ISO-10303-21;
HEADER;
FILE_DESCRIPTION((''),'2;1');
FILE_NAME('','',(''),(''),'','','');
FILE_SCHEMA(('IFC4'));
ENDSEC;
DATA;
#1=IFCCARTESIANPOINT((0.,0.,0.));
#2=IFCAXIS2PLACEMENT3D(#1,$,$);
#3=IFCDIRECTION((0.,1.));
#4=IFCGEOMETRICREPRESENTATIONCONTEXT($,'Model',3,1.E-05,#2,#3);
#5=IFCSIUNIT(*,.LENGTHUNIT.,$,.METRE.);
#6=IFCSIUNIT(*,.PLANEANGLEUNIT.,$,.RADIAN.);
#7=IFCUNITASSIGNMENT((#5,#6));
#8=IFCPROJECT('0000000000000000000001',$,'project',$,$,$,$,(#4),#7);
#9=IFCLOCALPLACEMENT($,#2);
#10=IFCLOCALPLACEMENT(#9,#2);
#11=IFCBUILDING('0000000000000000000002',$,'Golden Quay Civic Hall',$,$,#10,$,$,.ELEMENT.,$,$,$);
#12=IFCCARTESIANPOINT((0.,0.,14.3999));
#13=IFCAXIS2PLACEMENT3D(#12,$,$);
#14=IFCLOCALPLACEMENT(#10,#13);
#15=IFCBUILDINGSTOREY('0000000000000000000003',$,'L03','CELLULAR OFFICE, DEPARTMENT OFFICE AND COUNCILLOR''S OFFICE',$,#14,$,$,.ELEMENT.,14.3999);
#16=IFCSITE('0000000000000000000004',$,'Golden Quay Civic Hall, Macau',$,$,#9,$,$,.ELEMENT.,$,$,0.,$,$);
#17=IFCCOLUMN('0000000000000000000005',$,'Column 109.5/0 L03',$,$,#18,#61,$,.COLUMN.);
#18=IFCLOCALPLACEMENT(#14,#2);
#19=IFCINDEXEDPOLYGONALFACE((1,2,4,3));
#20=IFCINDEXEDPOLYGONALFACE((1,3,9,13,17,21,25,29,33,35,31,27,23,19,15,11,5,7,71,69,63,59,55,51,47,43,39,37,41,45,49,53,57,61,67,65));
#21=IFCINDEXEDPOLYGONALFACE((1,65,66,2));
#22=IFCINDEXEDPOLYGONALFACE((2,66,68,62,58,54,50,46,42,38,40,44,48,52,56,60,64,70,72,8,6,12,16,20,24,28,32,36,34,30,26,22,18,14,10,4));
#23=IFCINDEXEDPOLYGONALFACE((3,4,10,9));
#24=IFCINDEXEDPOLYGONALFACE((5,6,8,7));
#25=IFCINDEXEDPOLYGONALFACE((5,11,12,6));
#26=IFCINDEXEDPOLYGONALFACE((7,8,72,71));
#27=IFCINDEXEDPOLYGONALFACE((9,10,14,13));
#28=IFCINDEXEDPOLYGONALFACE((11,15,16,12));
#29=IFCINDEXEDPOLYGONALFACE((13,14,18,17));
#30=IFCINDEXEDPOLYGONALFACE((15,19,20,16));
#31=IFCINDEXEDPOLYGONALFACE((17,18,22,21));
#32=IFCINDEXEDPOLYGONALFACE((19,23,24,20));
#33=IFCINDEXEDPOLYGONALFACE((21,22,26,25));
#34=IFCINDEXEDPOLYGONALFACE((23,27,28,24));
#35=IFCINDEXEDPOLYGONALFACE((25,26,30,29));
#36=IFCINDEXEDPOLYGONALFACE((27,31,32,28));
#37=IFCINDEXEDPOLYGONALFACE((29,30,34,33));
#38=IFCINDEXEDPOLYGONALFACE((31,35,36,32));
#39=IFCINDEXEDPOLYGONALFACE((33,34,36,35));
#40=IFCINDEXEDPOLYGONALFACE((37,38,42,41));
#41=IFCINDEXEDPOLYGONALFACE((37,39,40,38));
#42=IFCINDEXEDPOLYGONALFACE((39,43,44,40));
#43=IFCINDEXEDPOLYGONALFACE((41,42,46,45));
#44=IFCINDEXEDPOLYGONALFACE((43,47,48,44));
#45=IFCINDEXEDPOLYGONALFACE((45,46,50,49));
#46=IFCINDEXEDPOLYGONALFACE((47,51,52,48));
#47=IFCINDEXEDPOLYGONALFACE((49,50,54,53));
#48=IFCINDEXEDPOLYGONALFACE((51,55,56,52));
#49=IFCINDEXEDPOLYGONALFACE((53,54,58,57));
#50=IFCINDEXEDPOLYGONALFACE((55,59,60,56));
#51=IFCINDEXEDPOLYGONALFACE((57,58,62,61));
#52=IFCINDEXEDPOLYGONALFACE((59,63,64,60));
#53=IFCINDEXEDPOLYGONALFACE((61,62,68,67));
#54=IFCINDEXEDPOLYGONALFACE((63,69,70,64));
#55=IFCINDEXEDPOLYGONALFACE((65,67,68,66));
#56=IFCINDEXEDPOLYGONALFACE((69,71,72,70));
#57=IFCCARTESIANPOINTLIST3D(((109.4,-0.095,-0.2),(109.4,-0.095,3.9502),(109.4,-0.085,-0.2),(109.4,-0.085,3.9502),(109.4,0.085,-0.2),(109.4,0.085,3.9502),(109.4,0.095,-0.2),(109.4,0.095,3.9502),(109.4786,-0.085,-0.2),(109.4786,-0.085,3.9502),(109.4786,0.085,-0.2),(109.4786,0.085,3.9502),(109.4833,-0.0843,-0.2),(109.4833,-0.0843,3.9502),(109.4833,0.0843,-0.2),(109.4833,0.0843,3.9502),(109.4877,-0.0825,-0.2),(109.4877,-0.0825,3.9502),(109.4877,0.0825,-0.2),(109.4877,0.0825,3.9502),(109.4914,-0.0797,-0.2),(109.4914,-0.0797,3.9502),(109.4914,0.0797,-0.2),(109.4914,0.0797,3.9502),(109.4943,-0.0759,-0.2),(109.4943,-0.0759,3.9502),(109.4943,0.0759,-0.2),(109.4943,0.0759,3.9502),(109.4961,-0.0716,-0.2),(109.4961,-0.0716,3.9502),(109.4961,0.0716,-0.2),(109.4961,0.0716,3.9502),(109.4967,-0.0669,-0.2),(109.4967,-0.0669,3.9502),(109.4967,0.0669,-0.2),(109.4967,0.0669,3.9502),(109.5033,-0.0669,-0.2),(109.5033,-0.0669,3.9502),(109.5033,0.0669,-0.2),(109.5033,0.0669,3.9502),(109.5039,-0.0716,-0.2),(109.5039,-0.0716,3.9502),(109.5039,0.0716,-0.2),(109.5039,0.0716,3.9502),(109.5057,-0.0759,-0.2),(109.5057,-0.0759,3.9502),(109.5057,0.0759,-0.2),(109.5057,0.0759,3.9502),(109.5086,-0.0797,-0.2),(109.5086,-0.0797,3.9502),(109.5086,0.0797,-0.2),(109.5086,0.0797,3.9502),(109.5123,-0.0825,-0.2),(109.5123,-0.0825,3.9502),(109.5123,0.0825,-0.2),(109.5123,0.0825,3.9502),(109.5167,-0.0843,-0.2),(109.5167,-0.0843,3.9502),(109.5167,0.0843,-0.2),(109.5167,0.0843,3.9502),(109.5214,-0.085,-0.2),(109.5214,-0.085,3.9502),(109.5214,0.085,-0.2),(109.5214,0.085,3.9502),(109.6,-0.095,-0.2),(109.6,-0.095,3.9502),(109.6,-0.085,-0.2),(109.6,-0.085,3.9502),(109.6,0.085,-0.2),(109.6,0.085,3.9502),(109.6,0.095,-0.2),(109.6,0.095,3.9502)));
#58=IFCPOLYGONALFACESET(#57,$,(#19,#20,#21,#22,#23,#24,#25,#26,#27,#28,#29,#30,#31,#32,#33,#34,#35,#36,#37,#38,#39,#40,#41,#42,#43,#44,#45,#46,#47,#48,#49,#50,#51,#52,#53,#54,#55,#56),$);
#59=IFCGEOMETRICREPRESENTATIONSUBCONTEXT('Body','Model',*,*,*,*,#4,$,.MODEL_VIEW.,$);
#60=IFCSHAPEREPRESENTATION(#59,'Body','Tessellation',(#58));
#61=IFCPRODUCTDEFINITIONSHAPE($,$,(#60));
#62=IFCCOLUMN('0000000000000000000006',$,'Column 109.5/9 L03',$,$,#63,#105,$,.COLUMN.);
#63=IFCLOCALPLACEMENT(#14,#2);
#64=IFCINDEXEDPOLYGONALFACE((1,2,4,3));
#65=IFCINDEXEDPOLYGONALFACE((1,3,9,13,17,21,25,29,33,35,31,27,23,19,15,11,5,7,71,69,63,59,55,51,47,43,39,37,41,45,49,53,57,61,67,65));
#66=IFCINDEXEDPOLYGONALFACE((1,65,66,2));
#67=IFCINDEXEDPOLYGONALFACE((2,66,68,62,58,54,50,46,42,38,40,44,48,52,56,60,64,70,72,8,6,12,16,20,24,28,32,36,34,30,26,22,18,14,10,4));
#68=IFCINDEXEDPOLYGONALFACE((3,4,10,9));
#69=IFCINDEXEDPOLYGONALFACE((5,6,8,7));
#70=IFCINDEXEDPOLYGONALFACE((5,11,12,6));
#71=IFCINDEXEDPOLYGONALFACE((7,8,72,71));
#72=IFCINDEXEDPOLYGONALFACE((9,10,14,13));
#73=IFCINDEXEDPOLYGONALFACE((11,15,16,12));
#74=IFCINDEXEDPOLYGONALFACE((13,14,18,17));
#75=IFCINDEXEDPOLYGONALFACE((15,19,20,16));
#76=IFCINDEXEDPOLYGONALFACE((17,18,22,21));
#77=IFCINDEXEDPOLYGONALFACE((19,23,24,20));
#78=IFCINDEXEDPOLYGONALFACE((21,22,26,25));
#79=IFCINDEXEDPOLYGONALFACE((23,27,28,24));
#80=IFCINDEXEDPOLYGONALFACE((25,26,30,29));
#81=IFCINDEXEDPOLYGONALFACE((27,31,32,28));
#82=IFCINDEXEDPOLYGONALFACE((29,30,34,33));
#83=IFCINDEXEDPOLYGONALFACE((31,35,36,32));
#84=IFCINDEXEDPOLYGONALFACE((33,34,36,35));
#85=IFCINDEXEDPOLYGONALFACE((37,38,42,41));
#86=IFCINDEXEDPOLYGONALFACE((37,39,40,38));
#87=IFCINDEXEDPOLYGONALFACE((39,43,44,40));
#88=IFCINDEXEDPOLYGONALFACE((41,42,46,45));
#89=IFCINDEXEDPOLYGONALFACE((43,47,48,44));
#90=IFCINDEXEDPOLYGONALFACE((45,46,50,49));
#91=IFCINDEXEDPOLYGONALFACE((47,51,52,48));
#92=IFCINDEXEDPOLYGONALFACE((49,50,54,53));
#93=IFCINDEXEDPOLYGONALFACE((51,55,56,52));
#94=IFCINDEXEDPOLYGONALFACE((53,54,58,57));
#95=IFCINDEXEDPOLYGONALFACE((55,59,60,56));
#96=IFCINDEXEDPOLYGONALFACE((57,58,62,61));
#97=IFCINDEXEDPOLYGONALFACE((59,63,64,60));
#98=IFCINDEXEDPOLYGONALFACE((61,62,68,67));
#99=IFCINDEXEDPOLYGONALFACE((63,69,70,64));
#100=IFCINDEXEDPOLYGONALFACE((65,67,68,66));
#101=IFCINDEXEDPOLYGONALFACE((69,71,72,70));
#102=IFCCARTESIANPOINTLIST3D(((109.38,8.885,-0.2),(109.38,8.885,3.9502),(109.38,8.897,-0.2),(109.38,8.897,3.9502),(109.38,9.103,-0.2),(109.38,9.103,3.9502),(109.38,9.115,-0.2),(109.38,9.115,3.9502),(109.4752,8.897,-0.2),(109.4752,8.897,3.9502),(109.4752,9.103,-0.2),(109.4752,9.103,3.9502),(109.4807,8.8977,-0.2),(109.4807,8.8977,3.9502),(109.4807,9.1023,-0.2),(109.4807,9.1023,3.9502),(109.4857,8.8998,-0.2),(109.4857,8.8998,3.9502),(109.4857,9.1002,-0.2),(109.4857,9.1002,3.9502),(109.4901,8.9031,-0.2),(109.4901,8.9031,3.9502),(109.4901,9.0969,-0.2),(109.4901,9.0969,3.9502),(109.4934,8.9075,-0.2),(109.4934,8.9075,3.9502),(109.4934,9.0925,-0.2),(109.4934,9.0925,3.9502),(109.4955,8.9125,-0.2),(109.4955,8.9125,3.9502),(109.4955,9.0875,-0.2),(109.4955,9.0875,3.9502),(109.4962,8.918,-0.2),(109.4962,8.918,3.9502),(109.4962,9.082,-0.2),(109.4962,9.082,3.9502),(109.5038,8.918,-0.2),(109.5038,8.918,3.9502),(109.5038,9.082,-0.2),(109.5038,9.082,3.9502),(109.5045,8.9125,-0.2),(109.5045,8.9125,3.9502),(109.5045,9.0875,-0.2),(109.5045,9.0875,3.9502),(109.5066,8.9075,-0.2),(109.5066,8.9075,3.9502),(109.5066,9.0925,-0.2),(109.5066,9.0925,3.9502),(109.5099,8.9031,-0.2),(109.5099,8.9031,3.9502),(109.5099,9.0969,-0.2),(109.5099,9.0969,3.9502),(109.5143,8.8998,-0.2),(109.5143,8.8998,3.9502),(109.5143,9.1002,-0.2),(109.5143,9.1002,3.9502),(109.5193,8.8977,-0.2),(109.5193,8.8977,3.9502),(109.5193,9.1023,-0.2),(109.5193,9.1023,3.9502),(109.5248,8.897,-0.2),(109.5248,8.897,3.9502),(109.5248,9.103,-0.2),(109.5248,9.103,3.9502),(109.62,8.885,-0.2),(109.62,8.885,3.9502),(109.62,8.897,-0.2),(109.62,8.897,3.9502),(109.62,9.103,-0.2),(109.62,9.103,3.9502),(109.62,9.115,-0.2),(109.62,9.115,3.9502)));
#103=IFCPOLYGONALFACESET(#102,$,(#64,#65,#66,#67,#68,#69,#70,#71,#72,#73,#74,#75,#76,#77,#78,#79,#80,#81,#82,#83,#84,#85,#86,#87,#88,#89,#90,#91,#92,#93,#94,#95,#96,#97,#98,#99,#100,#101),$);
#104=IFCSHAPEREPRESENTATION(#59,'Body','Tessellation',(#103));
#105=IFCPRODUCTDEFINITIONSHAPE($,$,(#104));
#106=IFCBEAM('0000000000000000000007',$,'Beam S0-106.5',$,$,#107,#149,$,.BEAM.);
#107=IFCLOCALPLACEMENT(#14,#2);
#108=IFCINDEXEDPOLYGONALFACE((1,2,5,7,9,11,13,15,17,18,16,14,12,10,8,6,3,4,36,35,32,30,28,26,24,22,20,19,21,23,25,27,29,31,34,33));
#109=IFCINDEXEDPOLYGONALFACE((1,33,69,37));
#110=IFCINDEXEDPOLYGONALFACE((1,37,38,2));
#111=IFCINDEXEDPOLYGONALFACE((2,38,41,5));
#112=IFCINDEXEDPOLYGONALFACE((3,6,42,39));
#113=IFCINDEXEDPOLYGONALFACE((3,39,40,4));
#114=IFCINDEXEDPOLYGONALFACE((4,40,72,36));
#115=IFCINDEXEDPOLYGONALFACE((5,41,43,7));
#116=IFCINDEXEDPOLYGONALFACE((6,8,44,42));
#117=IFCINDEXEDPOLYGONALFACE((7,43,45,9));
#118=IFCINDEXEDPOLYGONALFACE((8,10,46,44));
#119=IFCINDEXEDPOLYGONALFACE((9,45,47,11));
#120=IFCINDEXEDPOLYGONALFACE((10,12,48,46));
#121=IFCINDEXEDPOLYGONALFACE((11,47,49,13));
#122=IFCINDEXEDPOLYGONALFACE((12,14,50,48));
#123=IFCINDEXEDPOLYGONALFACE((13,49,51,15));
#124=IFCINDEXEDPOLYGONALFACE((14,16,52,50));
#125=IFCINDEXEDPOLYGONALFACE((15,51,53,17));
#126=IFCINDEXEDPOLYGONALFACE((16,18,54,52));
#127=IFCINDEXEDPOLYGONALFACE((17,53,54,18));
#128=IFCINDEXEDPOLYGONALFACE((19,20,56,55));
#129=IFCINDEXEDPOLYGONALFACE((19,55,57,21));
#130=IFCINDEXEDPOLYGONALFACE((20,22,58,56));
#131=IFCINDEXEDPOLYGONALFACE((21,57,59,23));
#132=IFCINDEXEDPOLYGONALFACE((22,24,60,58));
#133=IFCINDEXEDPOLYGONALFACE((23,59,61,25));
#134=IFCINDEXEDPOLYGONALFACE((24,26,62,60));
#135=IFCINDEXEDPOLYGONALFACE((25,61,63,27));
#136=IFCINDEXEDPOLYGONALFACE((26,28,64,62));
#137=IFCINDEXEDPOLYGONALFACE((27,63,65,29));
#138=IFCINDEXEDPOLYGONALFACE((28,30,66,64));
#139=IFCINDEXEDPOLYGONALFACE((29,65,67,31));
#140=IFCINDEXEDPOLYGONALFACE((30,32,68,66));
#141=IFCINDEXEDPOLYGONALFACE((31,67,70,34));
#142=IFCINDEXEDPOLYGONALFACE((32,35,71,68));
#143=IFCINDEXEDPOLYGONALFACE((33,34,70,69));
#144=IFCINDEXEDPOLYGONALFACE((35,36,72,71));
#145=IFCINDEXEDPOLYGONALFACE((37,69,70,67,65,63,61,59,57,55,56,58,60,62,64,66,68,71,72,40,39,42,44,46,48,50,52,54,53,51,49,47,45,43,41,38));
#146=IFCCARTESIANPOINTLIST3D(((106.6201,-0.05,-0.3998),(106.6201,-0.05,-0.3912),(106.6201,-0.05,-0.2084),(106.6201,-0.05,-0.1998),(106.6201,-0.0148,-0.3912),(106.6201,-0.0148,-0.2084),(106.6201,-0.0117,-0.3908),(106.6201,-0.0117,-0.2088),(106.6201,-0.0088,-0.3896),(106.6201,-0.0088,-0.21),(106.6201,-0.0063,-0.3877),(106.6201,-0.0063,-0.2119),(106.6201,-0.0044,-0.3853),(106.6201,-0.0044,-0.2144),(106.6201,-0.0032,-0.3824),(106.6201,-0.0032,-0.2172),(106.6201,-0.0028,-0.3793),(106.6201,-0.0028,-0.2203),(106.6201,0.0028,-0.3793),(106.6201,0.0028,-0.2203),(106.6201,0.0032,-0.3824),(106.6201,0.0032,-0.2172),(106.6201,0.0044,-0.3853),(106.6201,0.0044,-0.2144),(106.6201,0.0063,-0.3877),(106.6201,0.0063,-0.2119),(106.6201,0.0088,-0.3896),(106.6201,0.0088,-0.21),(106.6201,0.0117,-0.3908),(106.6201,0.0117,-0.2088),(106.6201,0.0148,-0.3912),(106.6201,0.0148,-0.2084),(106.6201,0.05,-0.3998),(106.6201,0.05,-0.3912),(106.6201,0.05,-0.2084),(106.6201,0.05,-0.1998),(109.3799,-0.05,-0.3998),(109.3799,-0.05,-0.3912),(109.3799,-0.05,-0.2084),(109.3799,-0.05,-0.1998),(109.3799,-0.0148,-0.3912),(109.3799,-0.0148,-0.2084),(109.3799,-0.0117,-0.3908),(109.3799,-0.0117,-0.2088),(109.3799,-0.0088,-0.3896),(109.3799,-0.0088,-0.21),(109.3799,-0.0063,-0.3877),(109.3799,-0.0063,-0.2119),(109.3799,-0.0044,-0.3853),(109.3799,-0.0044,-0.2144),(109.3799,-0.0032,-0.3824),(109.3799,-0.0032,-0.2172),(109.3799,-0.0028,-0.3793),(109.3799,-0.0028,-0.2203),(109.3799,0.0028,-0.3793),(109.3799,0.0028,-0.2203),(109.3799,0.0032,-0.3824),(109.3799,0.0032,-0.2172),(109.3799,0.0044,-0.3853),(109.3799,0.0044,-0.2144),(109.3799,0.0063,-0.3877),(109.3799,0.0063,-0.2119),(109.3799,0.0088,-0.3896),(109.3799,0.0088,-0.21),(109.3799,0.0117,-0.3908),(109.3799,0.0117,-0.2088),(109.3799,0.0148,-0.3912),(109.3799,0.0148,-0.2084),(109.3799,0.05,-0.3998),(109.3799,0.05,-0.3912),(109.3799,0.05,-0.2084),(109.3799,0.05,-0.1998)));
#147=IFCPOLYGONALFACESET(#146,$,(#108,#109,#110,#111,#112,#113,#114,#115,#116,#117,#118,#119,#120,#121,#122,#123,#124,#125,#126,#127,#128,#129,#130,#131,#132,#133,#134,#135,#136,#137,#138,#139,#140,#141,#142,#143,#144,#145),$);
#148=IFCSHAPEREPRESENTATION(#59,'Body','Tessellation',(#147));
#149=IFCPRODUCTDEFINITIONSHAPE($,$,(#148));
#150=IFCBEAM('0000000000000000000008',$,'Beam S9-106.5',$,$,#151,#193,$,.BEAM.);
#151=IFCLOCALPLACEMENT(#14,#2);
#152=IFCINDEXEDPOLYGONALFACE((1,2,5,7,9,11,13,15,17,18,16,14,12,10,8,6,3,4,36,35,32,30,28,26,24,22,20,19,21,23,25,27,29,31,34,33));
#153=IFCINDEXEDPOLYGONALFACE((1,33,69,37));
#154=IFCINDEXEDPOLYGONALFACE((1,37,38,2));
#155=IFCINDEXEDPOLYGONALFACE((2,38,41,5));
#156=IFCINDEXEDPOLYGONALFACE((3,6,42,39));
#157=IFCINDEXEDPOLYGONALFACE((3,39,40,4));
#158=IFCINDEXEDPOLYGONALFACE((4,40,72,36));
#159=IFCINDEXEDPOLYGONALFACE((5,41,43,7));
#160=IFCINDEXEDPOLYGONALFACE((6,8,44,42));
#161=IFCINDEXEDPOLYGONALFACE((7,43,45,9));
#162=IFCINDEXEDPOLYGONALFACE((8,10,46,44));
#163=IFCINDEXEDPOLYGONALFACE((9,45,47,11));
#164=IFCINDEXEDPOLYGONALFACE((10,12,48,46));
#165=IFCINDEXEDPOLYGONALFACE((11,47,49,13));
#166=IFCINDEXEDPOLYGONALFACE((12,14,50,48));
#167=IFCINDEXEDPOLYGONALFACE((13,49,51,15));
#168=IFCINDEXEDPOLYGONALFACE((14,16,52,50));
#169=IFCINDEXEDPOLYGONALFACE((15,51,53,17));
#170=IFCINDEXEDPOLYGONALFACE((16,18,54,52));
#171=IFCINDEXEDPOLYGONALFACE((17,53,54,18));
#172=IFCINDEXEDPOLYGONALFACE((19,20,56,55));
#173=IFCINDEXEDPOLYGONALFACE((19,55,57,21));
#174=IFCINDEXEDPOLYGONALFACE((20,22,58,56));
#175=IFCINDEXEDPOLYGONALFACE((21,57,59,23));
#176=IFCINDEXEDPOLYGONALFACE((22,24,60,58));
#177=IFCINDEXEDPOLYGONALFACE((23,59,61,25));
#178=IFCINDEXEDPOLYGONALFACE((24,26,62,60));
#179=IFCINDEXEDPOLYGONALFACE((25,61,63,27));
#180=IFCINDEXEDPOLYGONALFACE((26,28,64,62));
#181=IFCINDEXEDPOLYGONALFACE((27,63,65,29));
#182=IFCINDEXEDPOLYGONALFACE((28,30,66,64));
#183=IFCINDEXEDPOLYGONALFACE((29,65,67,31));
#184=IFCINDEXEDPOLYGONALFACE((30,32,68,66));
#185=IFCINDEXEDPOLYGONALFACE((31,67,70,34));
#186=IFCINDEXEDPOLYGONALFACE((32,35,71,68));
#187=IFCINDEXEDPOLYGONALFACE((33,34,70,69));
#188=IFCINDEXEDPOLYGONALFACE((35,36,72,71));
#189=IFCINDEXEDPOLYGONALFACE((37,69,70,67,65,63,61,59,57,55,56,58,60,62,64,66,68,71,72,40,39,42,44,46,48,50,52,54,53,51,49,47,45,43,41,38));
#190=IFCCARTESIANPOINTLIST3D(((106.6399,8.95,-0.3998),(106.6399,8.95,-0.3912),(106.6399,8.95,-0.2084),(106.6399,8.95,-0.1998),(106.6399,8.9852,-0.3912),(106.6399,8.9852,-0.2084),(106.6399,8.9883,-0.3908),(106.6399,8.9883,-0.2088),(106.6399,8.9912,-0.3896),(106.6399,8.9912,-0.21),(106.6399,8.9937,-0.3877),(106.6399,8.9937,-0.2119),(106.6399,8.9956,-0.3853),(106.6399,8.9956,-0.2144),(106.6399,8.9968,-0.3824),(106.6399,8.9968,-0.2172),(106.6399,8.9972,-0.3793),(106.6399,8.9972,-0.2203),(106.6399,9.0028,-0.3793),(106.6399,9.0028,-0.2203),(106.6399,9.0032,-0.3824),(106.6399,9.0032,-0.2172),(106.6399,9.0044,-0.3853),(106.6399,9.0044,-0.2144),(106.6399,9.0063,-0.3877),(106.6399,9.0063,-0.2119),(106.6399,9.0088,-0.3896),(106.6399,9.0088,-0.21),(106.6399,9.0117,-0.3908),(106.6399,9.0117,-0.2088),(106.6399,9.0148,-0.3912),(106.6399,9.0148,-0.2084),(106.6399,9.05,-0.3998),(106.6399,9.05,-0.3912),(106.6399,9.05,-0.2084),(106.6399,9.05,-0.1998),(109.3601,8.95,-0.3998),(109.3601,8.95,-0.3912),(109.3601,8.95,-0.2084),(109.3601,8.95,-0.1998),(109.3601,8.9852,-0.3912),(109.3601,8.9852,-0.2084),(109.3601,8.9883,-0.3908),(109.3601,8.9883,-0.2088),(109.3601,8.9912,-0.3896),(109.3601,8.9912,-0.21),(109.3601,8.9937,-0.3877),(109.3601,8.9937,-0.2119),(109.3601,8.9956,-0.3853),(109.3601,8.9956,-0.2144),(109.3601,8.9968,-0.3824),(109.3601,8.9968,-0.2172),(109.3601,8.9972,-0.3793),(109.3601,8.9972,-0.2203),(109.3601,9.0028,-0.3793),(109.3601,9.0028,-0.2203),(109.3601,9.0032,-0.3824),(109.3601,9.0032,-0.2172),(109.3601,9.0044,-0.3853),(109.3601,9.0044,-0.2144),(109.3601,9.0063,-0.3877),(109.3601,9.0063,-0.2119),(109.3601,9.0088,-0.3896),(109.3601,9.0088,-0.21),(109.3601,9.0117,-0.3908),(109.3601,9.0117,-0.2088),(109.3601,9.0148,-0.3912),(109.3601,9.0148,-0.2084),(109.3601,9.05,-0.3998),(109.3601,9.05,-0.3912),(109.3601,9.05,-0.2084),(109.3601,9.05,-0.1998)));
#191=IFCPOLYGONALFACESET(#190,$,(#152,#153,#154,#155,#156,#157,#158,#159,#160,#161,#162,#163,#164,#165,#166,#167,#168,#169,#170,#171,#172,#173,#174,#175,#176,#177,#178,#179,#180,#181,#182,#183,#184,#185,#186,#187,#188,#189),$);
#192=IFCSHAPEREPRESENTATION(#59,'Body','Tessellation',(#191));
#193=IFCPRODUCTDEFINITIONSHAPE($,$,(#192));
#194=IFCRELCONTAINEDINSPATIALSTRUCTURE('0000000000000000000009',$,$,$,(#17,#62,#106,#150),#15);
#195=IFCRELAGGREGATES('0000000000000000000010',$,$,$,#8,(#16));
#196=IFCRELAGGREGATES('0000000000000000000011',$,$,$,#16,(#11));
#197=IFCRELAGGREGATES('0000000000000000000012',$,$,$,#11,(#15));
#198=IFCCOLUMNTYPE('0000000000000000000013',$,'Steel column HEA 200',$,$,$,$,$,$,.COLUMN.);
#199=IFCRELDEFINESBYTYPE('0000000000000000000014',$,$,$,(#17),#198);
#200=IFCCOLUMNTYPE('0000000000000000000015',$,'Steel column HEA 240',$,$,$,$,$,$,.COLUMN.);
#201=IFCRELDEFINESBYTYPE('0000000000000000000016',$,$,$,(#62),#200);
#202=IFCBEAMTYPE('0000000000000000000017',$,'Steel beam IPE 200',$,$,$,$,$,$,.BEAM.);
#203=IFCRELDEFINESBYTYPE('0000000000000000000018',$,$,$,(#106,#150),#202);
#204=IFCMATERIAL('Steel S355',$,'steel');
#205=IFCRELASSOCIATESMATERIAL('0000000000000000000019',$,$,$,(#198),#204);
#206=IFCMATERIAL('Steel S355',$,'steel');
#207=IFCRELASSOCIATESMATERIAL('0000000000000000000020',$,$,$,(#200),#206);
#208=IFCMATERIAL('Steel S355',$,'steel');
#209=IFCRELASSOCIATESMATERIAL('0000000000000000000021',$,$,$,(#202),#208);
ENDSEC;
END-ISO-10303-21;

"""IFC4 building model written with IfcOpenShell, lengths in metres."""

from ifc_helpers import new_model, si_unit, direction, frame, origin, origin_2d, place, context, subcontext, project, spatial, i_section, extrude, material, material_profile, profile_set, type_object, element, save


model = new_model("IFC4")

# Units and contexts
model_context = context("Model", 3, precision=1e-05, world=origin(), true_north=direction((0.0, 1.0)))
body_context = subcontext(model_context, "Body", "Model", "MODEL_VIEW")
ifc_project = project(units=[si_unit("LENGTHUNIT", "METRE"), si_unit("PLANEANGLEUNIT", "RADIAN")], contexts=[model_context])

# Site, building, storey
site_placement = place(None, origin())
site = spatial("IfcSite", under=ifc_project, at=site_placement, Name="Golden Quay Civic Hall, Macau", CompositionType="ELEMENT", RefElevation=0.0)
building_placement = place(site_placement, origin())
building = spatial("IfcBuilding", under=site, at=building_placement, Name="Golden Quay Civic Hall", CompositionType="ELEMENT")
storey_placement = place(building_placement, frame((0.0, 0.0, 14.3999)))
storey = spatial("IfcBuildingStorey", under=building, at=storey_placement, Name="L03", Description="CELLULAR OFFICE, DEPARTMENT OFFICE AND COUNCILLOR'S OFFICE", CompositionType="ELEMENT", Elevation=14.3999)

# Columns
ifc_material_1 = material(Name="Steel S355", Category="steel")
ifc_material_profile_1 = material_profile(ifc_material_1, i_section(OverallWidth=0.2, OverallDepth=0.1899, WebThickness=0.0066, FlangeThickness=0.01, FilletRadius=0.0181, at=origin_2d()), Name="HEA 200")
ifc_profile_set_1 = profile_set([ifc_material_profile_1], Name="Steel S355")
column_type_1 = type_object("IfcColumnType", Name="Steel column HEA 200", PredefinedType="COLUMN", material=ifc_profile_set_1)
column_1_placement = place(storey_placement, frame((109.5, 0.0, -0.2), z_axis=(0.0, 0.0, 1.0), x_axis=(1.0, 0.0, 0.0)))
element("IfcColumn", 1, at=column_1_placement, inside=storey, type_object=column_type_1, Name="Column 109.5/0 L03", PredefinedType="COLUMN", context=body_context, shape_type="SweptSolid", body=[
    extrude(i_section(OverallWidth=0.2, OverallDepth=0.1899, WebThickness=0.0066, FlangeThickness=0.01, FilletRadius=0.0181, at=origin_2d()), origin(), (0.0, 0.0, 1.0), 4.1501),
])
ifc_material_2 = material(Name="Steel S355", Category="steel")
ifc_material_profile_2 = material_profile(ifc_material_2, i_section(OverallWidth=0.24, OverallDepth=0.23, WebThickness=0.0076, FlangeThickness=0.012, FilletRadius=0.021, at=origin_2d()), Name="HEA 240")
ifc_profile_set_2 = profile_set([ifc_material_profile_2], Name="Steel S355")
column_type_2 = type_object("IfcColumnType", Name="Steel column HEA 240", PredefinedType="COLUMN", material=ifc_profile_set_2)
column_2_placement = place(storey_placement, frame((109.5, 9.0, -0.2), z_axis=(0.0, 0.0, 1.0), x_axis=(1.0, 0.0, 0.0)))
element("IfcColumn", 2, at=column_2_placement, inside=storey, type_object=column_type_2, Name="Column 109.5/9 L03", PredefinedType="COLUMN", context=body_context, shape_type="SweptSolid", body=[
    extrude(i_section(OverallWidth=0.24, OverallDepth=0.23, WebThickness=0.0076, FlangeThickness=0.012, FilletRadius=0.021, at=origin_2d()), origin(), (0.0, 0.0, 1.0), 4.1501),
])

# Beams
ifc_material_3 = material(Name="Steel S355", Category="steel")
ifc_material_profile_3 = material_profile(ifc_material_3, i_section(OverallWidth=0.1001, OverallDepth=0.2, WebThickness=0.0056, FlangeThickness=0.0085, FilletRadius=0.012, at=origin_2d()), Name="IPE 200")
ifc_profile_set_3 = profile_set([ifc_material_profile_3], Name="Steel S355")
beam_type_1 = type_object("IfcBeamType", Name="Steel beam IPE 200", PredefinedType="BEAM", material=ifc_profile_set_3)
beam_1_placement = place(storey_placement, frame((106.6201, 0.0, -0.2998), z_axis=(1.0, 0.0, 0.0), x_axis=(0.0, 1.0, 0.0)))
element("IfcBeam", 3, at=beam_1_placement, inside=storey, type_object=beam_type_1, Name="Beam S0-106.5", PredefinedType="BEAM", context=body_context, shape_type="SweptSolid", body=[
    extrude(i_section(OverallWidth=0.1001, OverallDepth=0.2, WebThickness=0.0056, FlangeThickness=0.0085, FilletRadius=0.012, at=origin_2d()), origin(), (0.0, 0.0, 1.0), 2.7598),
])
beam_2_placement = place(storey_placement, frame((106.6399, 9.0, -0.2998), z_axis=(1.0, 0.0, 0.0), x_axis=(0.0, 1.0, 0.0)))
element("IfcBeam", 4, at=beam_2_placement, inside=storey, type_object=beam_type_1, Name="Beam S9-106.5", PredefinedType="BEAM", context=body_context, shape_type="SweptSolid", body=[
    extrude(i_section(OverallWidth=0.1001, OverallDepth=0.2, WebThickness=0.0056, FlangeThickness=0.0085, FilletRadius=0.012, at=origin_2d()), origin(), (0.0, 0.0, 1.0), 2.7202),
])

save(model, "model.ifc")
